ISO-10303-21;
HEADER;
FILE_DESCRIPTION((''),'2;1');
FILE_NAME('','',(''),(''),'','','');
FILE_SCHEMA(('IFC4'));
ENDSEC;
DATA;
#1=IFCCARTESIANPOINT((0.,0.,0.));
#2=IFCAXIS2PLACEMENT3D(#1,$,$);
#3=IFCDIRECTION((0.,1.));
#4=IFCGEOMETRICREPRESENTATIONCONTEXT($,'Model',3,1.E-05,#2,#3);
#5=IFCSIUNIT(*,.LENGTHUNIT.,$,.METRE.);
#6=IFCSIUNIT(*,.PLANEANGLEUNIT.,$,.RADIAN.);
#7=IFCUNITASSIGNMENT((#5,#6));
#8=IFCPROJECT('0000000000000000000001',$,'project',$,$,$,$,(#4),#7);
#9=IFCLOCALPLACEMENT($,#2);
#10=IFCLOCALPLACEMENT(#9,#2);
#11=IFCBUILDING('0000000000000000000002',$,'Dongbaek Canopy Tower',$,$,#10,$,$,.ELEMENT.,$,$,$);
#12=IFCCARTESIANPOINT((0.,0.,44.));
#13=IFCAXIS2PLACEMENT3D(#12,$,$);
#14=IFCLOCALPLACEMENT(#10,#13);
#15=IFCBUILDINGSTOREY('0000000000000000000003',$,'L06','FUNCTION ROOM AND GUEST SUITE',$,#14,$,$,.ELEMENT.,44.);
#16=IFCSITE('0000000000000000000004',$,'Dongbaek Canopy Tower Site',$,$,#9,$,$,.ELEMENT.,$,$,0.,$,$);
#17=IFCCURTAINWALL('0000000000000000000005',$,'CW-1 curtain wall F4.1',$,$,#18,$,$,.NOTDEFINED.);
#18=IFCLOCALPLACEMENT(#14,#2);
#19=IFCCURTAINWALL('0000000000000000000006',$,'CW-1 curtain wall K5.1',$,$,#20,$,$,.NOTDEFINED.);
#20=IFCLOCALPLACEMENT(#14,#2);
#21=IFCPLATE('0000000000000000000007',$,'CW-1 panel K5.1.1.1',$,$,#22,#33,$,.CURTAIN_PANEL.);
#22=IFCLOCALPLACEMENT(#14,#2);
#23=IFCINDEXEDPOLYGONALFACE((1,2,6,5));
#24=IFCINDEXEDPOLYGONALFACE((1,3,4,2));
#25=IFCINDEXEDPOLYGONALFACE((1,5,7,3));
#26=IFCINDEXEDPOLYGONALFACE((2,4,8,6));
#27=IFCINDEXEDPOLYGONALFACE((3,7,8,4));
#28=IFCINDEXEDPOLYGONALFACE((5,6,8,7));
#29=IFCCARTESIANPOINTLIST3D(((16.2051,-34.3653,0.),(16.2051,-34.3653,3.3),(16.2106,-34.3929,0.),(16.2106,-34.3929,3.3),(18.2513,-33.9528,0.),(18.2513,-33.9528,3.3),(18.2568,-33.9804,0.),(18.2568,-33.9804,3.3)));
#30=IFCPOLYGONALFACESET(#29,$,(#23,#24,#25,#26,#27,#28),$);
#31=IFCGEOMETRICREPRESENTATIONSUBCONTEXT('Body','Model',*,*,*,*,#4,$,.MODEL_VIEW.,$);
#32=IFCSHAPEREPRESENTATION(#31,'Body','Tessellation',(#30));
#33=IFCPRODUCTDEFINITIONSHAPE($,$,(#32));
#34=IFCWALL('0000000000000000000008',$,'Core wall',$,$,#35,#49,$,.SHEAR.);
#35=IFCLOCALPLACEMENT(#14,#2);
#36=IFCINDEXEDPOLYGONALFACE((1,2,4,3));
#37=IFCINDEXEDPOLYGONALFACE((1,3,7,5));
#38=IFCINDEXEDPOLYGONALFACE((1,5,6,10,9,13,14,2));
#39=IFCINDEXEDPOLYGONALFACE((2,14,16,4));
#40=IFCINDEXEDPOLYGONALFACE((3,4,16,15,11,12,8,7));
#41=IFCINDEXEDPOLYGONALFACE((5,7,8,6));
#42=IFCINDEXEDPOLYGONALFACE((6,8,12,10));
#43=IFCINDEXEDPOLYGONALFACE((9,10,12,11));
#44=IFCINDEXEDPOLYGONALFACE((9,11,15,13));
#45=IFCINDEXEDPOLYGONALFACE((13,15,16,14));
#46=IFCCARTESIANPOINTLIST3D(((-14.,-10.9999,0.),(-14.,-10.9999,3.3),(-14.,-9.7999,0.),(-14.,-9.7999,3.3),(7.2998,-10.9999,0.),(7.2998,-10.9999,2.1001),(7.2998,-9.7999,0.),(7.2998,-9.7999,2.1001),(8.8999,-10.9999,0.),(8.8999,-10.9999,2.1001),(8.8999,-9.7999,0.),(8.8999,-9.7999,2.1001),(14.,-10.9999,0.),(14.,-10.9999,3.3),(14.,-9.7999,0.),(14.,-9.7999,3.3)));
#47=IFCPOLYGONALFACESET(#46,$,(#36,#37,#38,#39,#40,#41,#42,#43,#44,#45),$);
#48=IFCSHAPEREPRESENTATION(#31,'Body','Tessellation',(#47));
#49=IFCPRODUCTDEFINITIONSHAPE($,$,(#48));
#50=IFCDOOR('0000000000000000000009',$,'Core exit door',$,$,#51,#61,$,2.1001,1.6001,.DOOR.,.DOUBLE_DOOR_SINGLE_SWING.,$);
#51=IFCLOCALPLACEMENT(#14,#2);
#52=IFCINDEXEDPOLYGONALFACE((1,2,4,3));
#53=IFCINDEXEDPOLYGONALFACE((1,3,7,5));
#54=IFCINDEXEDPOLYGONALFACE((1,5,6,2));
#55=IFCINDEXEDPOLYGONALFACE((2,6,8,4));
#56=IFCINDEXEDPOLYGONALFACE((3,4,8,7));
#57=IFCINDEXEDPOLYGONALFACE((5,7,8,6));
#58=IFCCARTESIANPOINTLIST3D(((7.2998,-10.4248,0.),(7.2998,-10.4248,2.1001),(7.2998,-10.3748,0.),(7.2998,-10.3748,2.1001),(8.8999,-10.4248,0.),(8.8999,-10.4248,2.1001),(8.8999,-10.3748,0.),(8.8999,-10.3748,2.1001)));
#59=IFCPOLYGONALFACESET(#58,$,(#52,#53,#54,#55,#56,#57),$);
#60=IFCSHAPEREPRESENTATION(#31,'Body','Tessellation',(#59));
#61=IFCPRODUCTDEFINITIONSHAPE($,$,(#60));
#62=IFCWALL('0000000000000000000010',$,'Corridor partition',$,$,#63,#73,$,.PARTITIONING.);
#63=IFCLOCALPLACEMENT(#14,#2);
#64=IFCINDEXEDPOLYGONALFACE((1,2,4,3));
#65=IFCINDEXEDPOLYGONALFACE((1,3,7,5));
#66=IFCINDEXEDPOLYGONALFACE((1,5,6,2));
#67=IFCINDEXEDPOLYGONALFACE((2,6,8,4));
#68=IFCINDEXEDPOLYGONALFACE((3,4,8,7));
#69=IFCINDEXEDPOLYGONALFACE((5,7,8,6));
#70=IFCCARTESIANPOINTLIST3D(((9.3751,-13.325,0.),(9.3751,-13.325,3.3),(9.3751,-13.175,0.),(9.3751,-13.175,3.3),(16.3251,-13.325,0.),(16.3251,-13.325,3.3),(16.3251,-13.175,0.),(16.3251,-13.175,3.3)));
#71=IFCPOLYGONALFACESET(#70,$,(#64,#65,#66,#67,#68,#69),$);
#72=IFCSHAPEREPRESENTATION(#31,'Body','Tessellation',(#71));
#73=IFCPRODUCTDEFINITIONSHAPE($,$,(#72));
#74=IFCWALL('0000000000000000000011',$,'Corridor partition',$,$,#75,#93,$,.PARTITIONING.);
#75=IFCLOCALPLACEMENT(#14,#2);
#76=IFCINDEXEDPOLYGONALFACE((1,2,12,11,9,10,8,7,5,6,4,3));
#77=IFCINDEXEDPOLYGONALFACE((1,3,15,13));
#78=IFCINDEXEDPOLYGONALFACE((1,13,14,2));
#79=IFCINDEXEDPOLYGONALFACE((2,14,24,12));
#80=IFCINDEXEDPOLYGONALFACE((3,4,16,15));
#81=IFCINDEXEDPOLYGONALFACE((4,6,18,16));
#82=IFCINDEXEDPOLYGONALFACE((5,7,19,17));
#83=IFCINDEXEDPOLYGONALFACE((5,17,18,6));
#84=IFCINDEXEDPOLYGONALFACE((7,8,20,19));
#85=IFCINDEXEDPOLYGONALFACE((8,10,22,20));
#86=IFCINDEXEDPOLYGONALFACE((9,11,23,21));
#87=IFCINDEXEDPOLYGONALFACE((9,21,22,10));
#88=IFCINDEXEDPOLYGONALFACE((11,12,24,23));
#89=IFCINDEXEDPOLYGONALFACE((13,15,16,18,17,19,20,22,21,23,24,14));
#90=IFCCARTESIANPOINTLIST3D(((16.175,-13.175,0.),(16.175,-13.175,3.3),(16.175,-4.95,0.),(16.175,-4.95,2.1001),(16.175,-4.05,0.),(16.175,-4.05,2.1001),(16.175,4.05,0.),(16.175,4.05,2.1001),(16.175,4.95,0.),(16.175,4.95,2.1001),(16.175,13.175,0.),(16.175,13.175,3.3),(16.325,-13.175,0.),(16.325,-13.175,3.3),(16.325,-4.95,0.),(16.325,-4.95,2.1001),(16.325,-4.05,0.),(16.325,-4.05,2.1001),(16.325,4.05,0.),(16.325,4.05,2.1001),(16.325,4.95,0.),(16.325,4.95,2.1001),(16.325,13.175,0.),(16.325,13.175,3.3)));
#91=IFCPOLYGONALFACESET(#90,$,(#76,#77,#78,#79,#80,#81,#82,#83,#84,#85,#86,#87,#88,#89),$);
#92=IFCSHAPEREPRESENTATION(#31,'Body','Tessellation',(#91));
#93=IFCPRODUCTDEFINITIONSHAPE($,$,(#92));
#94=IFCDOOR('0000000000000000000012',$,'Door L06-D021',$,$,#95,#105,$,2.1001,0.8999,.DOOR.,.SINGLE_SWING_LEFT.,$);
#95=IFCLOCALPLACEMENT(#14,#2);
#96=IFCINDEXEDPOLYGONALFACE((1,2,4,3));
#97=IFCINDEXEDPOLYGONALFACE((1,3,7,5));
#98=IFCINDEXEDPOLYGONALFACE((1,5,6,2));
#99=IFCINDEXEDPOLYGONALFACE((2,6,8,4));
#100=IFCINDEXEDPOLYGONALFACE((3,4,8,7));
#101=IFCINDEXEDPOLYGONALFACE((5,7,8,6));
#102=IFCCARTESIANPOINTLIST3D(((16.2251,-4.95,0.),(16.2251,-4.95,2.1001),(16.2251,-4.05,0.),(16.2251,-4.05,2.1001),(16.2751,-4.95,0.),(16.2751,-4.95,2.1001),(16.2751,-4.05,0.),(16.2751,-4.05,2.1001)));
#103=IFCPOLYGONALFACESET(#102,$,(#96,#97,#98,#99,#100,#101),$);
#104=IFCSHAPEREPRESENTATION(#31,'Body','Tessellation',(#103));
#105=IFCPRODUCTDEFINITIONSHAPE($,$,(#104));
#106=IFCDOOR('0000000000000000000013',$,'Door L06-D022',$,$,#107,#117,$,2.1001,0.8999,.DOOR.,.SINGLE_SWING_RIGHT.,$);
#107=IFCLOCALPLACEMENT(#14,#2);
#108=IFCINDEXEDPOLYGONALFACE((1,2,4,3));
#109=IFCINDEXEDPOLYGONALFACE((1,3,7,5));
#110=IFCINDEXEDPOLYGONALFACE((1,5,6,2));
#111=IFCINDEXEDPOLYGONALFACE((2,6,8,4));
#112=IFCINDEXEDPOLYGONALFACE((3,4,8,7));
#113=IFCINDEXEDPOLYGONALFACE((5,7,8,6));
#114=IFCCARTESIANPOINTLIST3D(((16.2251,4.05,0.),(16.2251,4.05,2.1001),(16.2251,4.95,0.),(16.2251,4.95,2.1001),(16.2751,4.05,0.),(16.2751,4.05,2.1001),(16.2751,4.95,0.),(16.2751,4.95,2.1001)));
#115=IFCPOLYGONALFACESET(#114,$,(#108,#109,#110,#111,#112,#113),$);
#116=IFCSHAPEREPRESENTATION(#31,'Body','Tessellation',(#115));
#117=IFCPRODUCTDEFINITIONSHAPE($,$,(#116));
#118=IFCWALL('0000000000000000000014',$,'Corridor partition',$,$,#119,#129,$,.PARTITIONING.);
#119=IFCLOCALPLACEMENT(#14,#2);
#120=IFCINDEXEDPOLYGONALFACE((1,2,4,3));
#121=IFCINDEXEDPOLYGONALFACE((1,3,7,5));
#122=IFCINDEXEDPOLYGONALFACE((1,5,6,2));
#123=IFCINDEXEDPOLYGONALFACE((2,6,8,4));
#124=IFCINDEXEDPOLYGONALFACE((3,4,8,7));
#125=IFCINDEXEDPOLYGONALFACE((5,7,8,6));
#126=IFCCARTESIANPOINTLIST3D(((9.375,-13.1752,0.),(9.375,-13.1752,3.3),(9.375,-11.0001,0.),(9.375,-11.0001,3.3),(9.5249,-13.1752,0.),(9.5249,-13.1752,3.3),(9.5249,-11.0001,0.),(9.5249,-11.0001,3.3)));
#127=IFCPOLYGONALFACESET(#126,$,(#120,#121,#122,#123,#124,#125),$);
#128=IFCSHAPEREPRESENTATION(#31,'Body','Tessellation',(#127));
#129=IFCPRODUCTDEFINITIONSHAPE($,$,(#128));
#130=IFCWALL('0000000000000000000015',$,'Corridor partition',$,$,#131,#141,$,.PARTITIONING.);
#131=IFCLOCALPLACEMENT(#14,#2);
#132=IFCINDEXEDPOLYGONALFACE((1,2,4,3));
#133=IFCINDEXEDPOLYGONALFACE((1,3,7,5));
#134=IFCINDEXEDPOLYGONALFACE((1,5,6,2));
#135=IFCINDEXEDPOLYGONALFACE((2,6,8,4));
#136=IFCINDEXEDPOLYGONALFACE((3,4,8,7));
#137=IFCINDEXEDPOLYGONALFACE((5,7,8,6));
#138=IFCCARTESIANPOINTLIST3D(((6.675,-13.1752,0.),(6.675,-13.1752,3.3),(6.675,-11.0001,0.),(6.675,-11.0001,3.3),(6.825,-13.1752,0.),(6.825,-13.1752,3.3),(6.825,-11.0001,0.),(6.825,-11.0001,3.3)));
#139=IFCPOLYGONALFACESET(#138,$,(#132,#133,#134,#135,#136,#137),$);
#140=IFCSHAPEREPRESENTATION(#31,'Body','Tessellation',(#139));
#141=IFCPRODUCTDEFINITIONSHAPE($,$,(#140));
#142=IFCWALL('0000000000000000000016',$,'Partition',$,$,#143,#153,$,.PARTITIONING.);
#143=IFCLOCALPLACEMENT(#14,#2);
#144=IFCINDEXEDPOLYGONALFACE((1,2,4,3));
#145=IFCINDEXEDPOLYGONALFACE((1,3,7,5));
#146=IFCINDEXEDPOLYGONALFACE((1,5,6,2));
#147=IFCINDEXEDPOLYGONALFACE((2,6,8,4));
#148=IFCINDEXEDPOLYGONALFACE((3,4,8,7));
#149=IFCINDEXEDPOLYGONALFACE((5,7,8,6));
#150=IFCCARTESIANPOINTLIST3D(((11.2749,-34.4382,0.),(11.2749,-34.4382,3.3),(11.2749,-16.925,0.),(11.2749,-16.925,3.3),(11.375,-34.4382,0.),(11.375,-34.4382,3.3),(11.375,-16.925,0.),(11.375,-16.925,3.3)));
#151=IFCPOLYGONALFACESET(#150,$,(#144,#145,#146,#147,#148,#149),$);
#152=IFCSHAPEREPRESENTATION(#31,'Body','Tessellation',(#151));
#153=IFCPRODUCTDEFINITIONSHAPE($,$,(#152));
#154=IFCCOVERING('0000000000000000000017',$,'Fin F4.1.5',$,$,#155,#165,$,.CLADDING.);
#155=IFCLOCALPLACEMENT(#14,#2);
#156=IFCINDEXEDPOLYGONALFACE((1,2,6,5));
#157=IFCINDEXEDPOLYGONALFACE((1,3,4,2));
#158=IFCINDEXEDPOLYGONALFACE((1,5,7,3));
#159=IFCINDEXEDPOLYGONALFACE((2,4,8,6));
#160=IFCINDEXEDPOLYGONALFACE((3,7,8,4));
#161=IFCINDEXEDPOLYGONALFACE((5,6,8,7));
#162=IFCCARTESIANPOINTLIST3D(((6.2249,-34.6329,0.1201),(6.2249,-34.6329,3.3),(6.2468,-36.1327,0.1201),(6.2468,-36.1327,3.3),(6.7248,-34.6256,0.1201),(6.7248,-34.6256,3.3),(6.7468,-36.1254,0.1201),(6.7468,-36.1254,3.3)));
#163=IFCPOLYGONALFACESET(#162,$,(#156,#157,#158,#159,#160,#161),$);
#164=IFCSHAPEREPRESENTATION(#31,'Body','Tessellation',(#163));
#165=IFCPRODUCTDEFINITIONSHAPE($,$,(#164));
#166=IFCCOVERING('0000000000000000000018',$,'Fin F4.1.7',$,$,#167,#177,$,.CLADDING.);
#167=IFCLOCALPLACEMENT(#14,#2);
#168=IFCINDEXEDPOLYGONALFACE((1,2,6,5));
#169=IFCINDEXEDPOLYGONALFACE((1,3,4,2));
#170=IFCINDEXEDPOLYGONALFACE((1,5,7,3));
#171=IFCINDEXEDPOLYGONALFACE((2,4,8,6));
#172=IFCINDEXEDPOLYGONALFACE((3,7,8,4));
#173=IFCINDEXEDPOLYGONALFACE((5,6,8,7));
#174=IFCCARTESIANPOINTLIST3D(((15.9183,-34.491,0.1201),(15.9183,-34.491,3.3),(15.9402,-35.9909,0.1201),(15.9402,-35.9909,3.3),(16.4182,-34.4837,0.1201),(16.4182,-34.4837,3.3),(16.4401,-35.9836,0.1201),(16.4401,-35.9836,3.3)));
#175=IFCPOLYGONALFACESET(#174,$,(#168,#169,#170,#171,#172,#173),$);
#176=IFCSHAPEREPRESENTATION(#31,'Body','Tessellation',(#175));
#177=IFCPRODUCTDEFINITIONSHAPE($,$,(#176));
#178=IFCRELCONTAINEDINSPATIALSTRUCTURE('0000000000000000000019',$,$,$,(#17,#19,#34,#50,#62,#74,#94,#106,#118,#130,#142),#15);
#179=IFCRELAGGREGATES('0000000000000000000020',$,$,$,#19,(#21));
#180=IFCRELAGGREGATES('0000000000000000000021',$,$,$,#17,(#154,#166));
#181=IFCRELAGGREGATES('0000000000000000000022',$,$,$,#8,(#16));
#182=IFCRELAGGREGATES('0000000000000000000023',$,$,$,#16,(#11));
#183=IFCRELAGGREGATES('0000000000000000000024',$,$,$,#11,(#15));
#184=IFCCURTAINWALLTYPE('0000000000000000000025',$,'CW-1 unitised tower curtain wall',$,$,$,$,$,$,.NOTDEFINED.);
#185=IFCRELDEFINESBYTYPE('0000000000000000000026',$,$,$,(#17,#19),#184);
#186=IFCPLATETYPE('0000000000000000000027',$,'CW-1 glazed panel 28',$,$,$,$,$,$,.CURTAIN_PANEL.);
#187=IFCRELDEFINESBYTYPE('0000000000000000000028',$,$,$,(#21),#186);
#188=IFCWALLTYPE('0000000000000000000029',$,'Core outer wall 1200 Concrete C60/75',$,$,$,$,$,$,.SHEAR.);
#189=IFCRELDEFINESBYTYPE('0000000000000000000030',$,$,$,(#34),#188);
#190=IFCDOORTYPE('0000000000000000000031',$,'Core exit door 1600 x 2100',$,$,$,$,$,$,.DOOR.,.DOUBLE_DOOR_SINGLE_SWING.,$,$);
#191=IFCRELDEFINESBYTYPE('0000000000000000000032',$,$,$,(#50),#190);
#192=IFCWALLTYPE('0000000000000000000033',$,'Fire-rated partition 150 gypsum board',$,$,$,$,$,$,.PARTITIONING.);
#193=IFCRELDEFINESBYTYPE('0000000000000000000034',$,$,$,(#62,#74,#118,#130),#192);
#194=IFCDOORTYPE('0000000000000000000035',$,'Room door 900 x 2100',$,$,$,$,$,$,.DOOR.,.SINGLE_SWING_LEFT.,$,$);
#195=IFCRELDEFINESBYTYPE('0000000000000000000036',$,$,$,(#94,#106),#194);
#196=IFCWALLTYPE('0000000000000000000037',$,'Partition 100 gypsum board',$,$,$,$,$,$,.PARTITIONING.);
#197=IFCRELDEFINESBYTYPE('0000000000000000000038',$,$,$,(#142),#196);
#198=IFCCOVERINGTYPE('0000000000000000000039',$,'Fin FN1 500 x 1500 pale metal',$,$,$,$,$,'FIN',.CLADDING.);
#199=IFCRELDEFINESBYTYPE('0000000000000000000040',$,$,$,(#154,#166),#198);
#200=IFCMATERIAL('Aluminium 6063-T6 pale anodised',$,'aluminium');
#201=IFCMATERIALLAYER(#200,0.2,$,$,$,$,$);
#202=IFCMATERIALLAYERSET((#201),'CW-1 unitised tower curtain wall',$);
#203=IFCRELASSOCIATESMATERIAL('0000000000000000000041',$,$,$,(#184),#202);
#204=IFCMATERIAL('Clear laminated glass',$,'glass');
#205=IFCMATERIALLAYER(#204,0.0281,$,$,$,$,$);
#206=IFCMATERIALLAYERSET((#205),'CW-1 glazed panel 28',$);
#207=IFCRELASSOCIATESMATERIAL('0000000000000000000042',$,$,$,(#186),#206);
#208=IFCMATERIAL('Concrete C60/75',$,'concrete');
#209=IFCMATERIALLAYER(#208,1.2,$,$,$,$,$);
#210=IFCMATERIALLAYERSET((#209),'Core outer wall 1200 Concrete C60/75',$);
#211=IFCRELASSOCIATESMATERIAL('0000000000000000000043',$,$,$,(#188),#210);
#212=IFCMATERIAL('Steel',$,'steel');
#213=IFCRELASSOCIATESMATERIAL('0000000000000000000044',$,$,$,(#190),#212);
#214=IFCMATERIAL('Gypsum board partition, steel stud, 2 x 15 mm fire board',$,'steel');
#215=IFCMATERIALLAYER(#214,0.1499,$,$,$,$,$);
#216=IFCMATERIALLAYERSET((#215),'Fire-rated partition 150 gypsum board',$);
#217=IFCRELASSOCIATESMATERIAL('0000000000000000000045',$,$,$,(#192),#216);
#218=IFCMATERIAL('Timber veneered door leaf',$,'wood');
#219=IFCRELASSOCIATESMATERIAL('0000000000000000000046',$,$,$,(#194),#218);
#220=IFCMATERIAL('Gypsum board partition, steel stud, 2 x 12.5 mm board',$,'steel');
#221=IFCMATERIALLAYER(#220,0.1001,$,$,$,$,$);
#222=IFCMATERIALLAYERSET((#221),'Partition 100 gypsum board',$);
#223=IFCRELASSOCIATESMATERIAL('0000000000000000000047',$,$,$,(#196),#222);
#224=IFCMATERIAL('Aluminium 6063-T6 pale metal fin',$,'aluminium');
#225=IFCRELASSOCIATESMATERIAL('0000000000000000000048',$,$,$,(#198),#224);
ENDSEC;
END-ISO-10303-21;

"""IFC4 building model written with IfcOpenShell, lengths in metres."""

from ifc_helpers import new_model, si_unit, direction, frame, frame_2d, origin, origin_2d, place, context, subcontext, project, spatial, rectangle, extrude, material, layer, layer_set, material_profile, profile_set, type_object, element, fill, aggregate, save


model = new_model("IFC4")

# Units and contexts
model_context = context("Model", 3, precision=1e-05, world=origin(), true_north=direction((0.0, 1.0)))
body_context = subcontext(model_context, "Body", "Model", "MODEL_VIEW")
ifc_project = project(units=[si_unit("LENGTHUNIT", "METRE"), si_unit("PLANEANGLEUNIT", "RADIAN")], contexts=[model_context])

# Site, building, storey
site_placement = place(None, origin())
site = spatial("IfcSite", under=ifc_project, at=site_placement, Name="Dongbaek Canopy Tower Site", CompositionType="ELEMENT", RefElevation=0.0)
building_placement = place(site_placement, origin())
building = spatial("IfcBuilding", under=site, at=building_placement, Name="Dongbaek Canopy Tower", CompositionType="ELEMENT")
storey_placement = place(building_placement, frame((0.0, 0.0, 44.0)))
storey = spatial("IfcBuildingStorey", under=building, at=storey_placement, Name="L06", Description="FUNCTION ROOM AND GUEST SUITE", CompositionType="ELEMENT", Elevation=44.0)

# Curtain wall
ifc_material_1 = material(Name="Aluminium 6063-T6 pale anodised", Category="aluminium")
ifc_layer_1 = layer(ifc_material_1, 0.2)
ifc_layer_set_1 = layer_set([ifc_layer_1], Name="CW-1 unitised tower curtain wall")
curtain_wall_type = type_object("IfcCurtainWallType", Name="CW-1 unitised tower curtain wall", PredefinedType="NOTDEFINED", material=ifc_layer_set_1)
curtain_wall_1_placement = place(storey_placement, origin())
curtain_wall_1 = element("IfcCurtainWall", 1, at=curtain_wall_1_placement, inside=storey, type_object=curtain_wall_type, Name="CW-1 curtain wall F4.1", PredefinedType="NOTDEFINED")

# Shared definitions
ifc_material_2 = material(Name="Clear laminated glass", Category="glass")
ifc_layer_2 = layer(ifc_material_2, 0.0281)
ifc_layer_set_2 = layer_set([ifc_layer_2], Name="CW-1 glazed panel 28")
plate_type = type_object("IfcPlateType", Name="CW-1 glazed panel 28", PredefinedType="CURTAIN_PANEL", material=ifc_layer_set_2)

# Curtain wall, plate
curtain_wall_2_placement = place(storey_placement, origin())
curtain_wall_2 = element("IfcCurtainWall", 2, at=curtain_wall_2_placement, inside=storey, type_object=curtain_wall_type, Name="CW-1 curtain wall K5.1", PredefinedType="NOTDEFINED")
plate_1_placement = place(storey_placement, frame((17.231, -34.1729, 0.0), z_axis=(0.0, 0.0, 1.0), x_axis=(0.980279, 0.197621, 0.0)))
plate_1 = element("IfcPlate", 3, at=plate_1_placement, type_object=plate_type, Name="CW-1 panel K5.1.1.1", PredefinedType="CURTAIN_PANEL", context=body_context, shape_type="SweptSolid", body=[
    extrude(rectangle(XDim=2.0874, YDim=0.0281, at=origin_2d()), origin(), (0.0, 0.0, 1.0), 3.3),
])
aggregate(curtain_wall_2, [plate_1])

# Wall, opening, door
ifc_material_3 = material(Name="Concrete C60/75", Category="concrete")
ifc_layer_3 = layer(ifc_material_3, 1.2)
ifc_layer_set_3 = layer_set([ifc_layer_3], Name="Core outer wall 1200 Concrete C60/75")
wall_type_1 = type_object("IfcWallType", Name="Core outer wall 1200 Concrete C60/75", PredefinedType="SHEAR", material=ifc_layer_set_3)
wall_1_placement = place(storey_placement, frame((14.0, -10.3999, 0.0), z_axis=(0.0, 0.0, 1.0), x_axis=(-1.0, 0.0, 0.0)))
wall_1 = element("IfcWall", 4, at=wall_1_placement, inside=storey, type_object=wall_type_1, Name="Core wall", PredefinedType="SHEAR", context=body_context, shape_type="SweptSolid", body=[
    extrude(rectangle(XDim=28.0, YDim=1.2, at=frame_2d((14.0, 0.0))), origin(), (0.0, 0.0, 1.0), 3.3),
])
opening_1_placement = place(wall_1_placement, frame((5.1001, 0.0, 0.0)))
opening_1 = element("IfcOpeningElement", 5, at=opening_1_placement, cuts=wall_1, PredefinedType="OPENING", context=body_context, shape_type="SweptSolid", body=[
    extrude(rectangle(XDim=1.6001, YDim=2.1001, at=frame_2d((0.8, 1.05))), frame((0.0, 0.6099, 0.0), z_axis=(0.0, -1.0, 0.0), x_axis=(1.0, 0.0, 0.0)), (0.0, 0.0, 1.0), 1.22),
])
ifc_material_4 = material(Name="Steel", Category="steel")
door_type_1 = type_object("IfcDoorType", Name="Core exit door 1600 x 2100", OperationType="DOUBLE_DOOR_SINGLE_SWING", PredefinedType="DOOR", material=ifc_material_4)
door_1_placement = place(opening_1_placement, origin())
door_1 = element("IfcDoor", 6, at=door_1_placement, inside=storey, type_object=door_type_1, Name="Core exit door", OperationType="DOUBLE_DOOR_SINGLE_SWING", OverallHeight=2.1001, OverallWidth=1.6001, PredefinedType="DOOR", context=body_context, shape_type="SweptSolid", body=[
    extrude(rectangle(XDim=1.6001, YDim=2.1001, at=frame_2d((0.8, 1.05))), frame((0.0, 0.0249, 0.0), z_axis=(0.0, -1.0, 0.0), x_axis=(1.0, 0.0, 0.0)), (0.0, 0.0, 1.0), 0.05),
])
fill(opening_1, door_1)

# Wall
ifc_material_5 = material(Name="Gypsum board partition, steel stud, 2 x 15 mm fire board", Category="steel")
ifc_layer_4 = layer(ifc_material_5, 0.1499)
ifc_layer_set_4 = layer_set([ifc_layer_4], Name="Fire-rated partition 150 gypsum board")
wall_type_2 = type_object("IfcWallType", Name="Fire-rated partition 150 gypsum board", PredefinedType="PARTITIONING", material=ifc_layer_set_4)
wall_2_placement = place(storey_placement, frame((9.375, -13.25, 0.0), z_axis=(0.0, 0.0, 1.0), x_axis=(1.0, 0.0, 0.0)))
element("IfcWall", 7, at=wall_2_placement, inside=storey, type_object=wall_type_2, Name="Corridor partition", PredefinedType="PARTITIONING", context=body_context, shape_type="SweptSolid", body=[
    extrude(rectangle(XDim=6.95, YDim=0.1499, at=frame_2d((3.4751, 0.0))), origin(), (0.0, 0.0, 1.0), 3.3),
])

# Wall, openings, doors
wall_3_placement = place(storey_placement, frame((16.25, -13.175, 0.0), z_axis=(0.0, 0.0, 1.0), x_axis=(0.0, 1.0, 0.0)))
wall_3 = element("IfcWall", 8, at=wall_3_placement, inside=storey, type_object=wall_type_2, Name="Corridor partition", PredefinedType="PARTITIONING", context=body_context, shape_type="SweptSolid", body=[
    extrude(rectangle(XDim=26.3501, YDim=0.1499, at=frame_2d((13.175, 0.0))), origin(), (0.0, 0.0, 1.0), 3.3),
])
opening_2_placement = place(wall_3_placement, frame((8.2251, 0.0, 0.0)))
opening_2 = element("IfcOpeningElement", 9, at=opening_2_placement, cuts=wall_3, PredefinedType="OPENING", context=body_context, shape_type="SweptSolid", body=[
    extrude(rectangle(XDim=0.8999, YDim=2.1001, at=frame_2d((0.45, 1.05))), frame((0.0, 0.085, 0.0), z_axis=(0.0, -1.0, 0.0), x_axis=(1.0, 0.0, 0.0)), (0.0, 0.0, 1.0), 0.1699),
])
opening_3_placement = place(wall_3_placement, frame((17.2251, 0.0, 0.0)))
opening_3 = element("IfcOpeningElement", 10, at=opening_3_placement, cuts=wall_3, PredefinedType="OPENING", context=body_context, shape_type="SweptSolid", body=[
    extrude(rectangle(XDim=0.8999, YDim=2.1001, at=frame_2d((0.45, 1.05))), frame((0.0, 0.085, 0.0), z_axis=(0.0, -1.0, 0.0), x_axis=(1.0, 0.0, 0.0)), (0.0, 0.0, 1.0), 0.1699),
])
ifc_material_6 = material(Name="Timber veneered door leaf", Category="wood")
door_type_2 = type_object("IfcDoorType", Name="Room door 900 x 2100", OperationType="SINGLE_SWING_LEFT", PredefinedType="DOOR", material=ifc_material_6)
door_2_placement = place(opening_2_placement, origin())
door_2 = element("IfcDoor", 11, at=door_2_placement, inside=storey, type_object=door_type_2, Name="Door L06-D021", OperationType="SINGLE_SWING_LEFT", OverallHeight=2.1001, OverallWidth=0.8999, PredefinedType="DOOR", context=body_context, shape_type="SweptSolid", body=[
    extrude(rectangle(XDim=0.8999, YDim=2.1001, at=frame_2d((0.45, 1.05))), frame((0.0, 0.0249, 0.0), z_axis=(0.0, -1.0, 0.0), x_axis=(1.0, 0.0, 0.0)), (0.0, 0.0, 1.0), 0.05),
])
fill(opening_2, door_2)
door_3_placement = place(opening_3_placement, origin())
door_3 = element("IfcDoor", 12, at=door_3_placement, inside=storey, type_object=door_type_2, Name="Door L06-D022", OperationType="SINGLE_SWING_RIGHT", OverallHeight=2.1001, OverallWidth=0.8999, PredefinedType="DOOR", context=body_context, shape_type="SweptSolid", body=[
    extrude(rectangle(XDim=0.8999, YDim=2.1001, at=frame_2d((0.45, 1.05))), frame((0.0, 0.0249, 0.0), z_axis=(0.0, -1.0, 0.0), x_axis=(1.0, 0.0, 0.0)), (0.0, 0.0, 1.0), 0.05),
])
fill(opening_3, door_3)

# Walls
for number, where, z_axis, x_axis, name in (
    (13, (9.45, -13.175, 0.0), (0.0, 0.0, 1.0), (0.0, 1.0, 0.0), "Corridor partition"),
    (14, (6.75, -13.175, 0.0), (0.0, 0.0, 1.0), (0.0, 1.0, 0.0), "Corridor partition"),
):
    element("IfcWall", number, at=place(storey_placement, frame(where, z_axis=z_axis, x_axis=x_axis)), inside=storey, type_object=wall_type_2, Name=name, PredefinedType="PARTITIONING", context=body_context, shape_type="SweptSolid", body=[
        extrude(rectangle(XDim=2.175, YDim=0.1499, at=frame_2d((1.0874, 0.0))), origin(), (0.0, 0.0, 1.0), 3.3),
    ])
ifc_material_7 = material(Name="Gypsum board partition, steel stud, 2 x 12.5 mm board", Category="steel")
ifc_layer_5 = layer(ifc_material_7, 0.1001)
ifc_layer_set_5 = layer_set([ifc_layer_5], Name="Partition 100 gypsum board")
wall_type_3 = type_object("IfcWallType", Name="Partition 100 gypsum board", PredefinedType="PARTITIONING", material=ifc_layer_set_5)
wall_4_placement = place(storey_placement, frame((11.325, -34.4382, 0.0), z_axis=(0.0, 0.0, 1.0), x_axis=(0.0, 1.0, 0.0)))
element("IfcWall", 15, at=wall_4_placement, inside=storey, type_object=wall_type_3, Name="Partition", PredefinedType="PARTITIONING", context=body_context, shape_type="SweptSolid", body=[
    extrude(rectangle(XDim=17.5132, YDim=0.1001, at=frame_2d((8.7566, 0.0))), origin(), (0.0, 0.0, 1.0), 3.3),
])

# Coverings
ifc_material_8 = material(Name="Aluminium 6063-T6 pale metal fin", Category="aluminium")
ifc_material_profile_1 = material_profile(ifc_material_8, rectangle(XDim=1.5, YDim=0.5, at=origin_2d()), Name="Fin FN1 500 x 1500 pale metal")
ifc_profile_set_1 = profile_set([ifc_material_profile_1], Name="Aluminium 6063-T6 pale metal fin")
covering_type = type_object("IfcCoveringType", Name="Fin FN1 500 x 1500 pale metal", ElementType="FIN", PredefinedType="CLADDING", material=ifc_profile_set_1)
covering_1_placement = place(storey_placement, frame((6.4858, -35.3792, 0.1201), z_axis=(0.0, 0.0, 1.0), x_axis=(0.014619, -0.999893, 0.0)))
covering_1 = element("IfcCovering", 16, at=covering_1_placement, type_object=covering_type, Name="Fin F4.1.5", PredefinedType="CLADDING", context=body_context, shape_type="SweptSolid", body=[
    extrude(rectangle(XDim=1.5, YDim=0.5, at=origin_2d()), origin(), (0.0, 0.0, 1.0), 3.1799),
])
covering_2_placement = place(storey_placement, frame((16.1792, -35.2373, 0.1201), z_axis=(0.0, 0.0, 1.0), x_axis=(0.014619, -0.999893, 0.0)))
covering_2 = element("IfcCovering", 17, at=covering_2_placement, type_object=covering_type, Name="Fin F4.1.7", PredefinedType="CLADDING", context=body_context, shape_type="SweptSolid", body=[
    extrude(rectangle(XDim=1.5, YDim=0.5, at=origin_2d()), origin(), (0.0, 0.0, 1.0), 3.1799),
])
aggregate(curtain_wall_1, [covering_1, covering_2])

save(model, "model.ifc")
